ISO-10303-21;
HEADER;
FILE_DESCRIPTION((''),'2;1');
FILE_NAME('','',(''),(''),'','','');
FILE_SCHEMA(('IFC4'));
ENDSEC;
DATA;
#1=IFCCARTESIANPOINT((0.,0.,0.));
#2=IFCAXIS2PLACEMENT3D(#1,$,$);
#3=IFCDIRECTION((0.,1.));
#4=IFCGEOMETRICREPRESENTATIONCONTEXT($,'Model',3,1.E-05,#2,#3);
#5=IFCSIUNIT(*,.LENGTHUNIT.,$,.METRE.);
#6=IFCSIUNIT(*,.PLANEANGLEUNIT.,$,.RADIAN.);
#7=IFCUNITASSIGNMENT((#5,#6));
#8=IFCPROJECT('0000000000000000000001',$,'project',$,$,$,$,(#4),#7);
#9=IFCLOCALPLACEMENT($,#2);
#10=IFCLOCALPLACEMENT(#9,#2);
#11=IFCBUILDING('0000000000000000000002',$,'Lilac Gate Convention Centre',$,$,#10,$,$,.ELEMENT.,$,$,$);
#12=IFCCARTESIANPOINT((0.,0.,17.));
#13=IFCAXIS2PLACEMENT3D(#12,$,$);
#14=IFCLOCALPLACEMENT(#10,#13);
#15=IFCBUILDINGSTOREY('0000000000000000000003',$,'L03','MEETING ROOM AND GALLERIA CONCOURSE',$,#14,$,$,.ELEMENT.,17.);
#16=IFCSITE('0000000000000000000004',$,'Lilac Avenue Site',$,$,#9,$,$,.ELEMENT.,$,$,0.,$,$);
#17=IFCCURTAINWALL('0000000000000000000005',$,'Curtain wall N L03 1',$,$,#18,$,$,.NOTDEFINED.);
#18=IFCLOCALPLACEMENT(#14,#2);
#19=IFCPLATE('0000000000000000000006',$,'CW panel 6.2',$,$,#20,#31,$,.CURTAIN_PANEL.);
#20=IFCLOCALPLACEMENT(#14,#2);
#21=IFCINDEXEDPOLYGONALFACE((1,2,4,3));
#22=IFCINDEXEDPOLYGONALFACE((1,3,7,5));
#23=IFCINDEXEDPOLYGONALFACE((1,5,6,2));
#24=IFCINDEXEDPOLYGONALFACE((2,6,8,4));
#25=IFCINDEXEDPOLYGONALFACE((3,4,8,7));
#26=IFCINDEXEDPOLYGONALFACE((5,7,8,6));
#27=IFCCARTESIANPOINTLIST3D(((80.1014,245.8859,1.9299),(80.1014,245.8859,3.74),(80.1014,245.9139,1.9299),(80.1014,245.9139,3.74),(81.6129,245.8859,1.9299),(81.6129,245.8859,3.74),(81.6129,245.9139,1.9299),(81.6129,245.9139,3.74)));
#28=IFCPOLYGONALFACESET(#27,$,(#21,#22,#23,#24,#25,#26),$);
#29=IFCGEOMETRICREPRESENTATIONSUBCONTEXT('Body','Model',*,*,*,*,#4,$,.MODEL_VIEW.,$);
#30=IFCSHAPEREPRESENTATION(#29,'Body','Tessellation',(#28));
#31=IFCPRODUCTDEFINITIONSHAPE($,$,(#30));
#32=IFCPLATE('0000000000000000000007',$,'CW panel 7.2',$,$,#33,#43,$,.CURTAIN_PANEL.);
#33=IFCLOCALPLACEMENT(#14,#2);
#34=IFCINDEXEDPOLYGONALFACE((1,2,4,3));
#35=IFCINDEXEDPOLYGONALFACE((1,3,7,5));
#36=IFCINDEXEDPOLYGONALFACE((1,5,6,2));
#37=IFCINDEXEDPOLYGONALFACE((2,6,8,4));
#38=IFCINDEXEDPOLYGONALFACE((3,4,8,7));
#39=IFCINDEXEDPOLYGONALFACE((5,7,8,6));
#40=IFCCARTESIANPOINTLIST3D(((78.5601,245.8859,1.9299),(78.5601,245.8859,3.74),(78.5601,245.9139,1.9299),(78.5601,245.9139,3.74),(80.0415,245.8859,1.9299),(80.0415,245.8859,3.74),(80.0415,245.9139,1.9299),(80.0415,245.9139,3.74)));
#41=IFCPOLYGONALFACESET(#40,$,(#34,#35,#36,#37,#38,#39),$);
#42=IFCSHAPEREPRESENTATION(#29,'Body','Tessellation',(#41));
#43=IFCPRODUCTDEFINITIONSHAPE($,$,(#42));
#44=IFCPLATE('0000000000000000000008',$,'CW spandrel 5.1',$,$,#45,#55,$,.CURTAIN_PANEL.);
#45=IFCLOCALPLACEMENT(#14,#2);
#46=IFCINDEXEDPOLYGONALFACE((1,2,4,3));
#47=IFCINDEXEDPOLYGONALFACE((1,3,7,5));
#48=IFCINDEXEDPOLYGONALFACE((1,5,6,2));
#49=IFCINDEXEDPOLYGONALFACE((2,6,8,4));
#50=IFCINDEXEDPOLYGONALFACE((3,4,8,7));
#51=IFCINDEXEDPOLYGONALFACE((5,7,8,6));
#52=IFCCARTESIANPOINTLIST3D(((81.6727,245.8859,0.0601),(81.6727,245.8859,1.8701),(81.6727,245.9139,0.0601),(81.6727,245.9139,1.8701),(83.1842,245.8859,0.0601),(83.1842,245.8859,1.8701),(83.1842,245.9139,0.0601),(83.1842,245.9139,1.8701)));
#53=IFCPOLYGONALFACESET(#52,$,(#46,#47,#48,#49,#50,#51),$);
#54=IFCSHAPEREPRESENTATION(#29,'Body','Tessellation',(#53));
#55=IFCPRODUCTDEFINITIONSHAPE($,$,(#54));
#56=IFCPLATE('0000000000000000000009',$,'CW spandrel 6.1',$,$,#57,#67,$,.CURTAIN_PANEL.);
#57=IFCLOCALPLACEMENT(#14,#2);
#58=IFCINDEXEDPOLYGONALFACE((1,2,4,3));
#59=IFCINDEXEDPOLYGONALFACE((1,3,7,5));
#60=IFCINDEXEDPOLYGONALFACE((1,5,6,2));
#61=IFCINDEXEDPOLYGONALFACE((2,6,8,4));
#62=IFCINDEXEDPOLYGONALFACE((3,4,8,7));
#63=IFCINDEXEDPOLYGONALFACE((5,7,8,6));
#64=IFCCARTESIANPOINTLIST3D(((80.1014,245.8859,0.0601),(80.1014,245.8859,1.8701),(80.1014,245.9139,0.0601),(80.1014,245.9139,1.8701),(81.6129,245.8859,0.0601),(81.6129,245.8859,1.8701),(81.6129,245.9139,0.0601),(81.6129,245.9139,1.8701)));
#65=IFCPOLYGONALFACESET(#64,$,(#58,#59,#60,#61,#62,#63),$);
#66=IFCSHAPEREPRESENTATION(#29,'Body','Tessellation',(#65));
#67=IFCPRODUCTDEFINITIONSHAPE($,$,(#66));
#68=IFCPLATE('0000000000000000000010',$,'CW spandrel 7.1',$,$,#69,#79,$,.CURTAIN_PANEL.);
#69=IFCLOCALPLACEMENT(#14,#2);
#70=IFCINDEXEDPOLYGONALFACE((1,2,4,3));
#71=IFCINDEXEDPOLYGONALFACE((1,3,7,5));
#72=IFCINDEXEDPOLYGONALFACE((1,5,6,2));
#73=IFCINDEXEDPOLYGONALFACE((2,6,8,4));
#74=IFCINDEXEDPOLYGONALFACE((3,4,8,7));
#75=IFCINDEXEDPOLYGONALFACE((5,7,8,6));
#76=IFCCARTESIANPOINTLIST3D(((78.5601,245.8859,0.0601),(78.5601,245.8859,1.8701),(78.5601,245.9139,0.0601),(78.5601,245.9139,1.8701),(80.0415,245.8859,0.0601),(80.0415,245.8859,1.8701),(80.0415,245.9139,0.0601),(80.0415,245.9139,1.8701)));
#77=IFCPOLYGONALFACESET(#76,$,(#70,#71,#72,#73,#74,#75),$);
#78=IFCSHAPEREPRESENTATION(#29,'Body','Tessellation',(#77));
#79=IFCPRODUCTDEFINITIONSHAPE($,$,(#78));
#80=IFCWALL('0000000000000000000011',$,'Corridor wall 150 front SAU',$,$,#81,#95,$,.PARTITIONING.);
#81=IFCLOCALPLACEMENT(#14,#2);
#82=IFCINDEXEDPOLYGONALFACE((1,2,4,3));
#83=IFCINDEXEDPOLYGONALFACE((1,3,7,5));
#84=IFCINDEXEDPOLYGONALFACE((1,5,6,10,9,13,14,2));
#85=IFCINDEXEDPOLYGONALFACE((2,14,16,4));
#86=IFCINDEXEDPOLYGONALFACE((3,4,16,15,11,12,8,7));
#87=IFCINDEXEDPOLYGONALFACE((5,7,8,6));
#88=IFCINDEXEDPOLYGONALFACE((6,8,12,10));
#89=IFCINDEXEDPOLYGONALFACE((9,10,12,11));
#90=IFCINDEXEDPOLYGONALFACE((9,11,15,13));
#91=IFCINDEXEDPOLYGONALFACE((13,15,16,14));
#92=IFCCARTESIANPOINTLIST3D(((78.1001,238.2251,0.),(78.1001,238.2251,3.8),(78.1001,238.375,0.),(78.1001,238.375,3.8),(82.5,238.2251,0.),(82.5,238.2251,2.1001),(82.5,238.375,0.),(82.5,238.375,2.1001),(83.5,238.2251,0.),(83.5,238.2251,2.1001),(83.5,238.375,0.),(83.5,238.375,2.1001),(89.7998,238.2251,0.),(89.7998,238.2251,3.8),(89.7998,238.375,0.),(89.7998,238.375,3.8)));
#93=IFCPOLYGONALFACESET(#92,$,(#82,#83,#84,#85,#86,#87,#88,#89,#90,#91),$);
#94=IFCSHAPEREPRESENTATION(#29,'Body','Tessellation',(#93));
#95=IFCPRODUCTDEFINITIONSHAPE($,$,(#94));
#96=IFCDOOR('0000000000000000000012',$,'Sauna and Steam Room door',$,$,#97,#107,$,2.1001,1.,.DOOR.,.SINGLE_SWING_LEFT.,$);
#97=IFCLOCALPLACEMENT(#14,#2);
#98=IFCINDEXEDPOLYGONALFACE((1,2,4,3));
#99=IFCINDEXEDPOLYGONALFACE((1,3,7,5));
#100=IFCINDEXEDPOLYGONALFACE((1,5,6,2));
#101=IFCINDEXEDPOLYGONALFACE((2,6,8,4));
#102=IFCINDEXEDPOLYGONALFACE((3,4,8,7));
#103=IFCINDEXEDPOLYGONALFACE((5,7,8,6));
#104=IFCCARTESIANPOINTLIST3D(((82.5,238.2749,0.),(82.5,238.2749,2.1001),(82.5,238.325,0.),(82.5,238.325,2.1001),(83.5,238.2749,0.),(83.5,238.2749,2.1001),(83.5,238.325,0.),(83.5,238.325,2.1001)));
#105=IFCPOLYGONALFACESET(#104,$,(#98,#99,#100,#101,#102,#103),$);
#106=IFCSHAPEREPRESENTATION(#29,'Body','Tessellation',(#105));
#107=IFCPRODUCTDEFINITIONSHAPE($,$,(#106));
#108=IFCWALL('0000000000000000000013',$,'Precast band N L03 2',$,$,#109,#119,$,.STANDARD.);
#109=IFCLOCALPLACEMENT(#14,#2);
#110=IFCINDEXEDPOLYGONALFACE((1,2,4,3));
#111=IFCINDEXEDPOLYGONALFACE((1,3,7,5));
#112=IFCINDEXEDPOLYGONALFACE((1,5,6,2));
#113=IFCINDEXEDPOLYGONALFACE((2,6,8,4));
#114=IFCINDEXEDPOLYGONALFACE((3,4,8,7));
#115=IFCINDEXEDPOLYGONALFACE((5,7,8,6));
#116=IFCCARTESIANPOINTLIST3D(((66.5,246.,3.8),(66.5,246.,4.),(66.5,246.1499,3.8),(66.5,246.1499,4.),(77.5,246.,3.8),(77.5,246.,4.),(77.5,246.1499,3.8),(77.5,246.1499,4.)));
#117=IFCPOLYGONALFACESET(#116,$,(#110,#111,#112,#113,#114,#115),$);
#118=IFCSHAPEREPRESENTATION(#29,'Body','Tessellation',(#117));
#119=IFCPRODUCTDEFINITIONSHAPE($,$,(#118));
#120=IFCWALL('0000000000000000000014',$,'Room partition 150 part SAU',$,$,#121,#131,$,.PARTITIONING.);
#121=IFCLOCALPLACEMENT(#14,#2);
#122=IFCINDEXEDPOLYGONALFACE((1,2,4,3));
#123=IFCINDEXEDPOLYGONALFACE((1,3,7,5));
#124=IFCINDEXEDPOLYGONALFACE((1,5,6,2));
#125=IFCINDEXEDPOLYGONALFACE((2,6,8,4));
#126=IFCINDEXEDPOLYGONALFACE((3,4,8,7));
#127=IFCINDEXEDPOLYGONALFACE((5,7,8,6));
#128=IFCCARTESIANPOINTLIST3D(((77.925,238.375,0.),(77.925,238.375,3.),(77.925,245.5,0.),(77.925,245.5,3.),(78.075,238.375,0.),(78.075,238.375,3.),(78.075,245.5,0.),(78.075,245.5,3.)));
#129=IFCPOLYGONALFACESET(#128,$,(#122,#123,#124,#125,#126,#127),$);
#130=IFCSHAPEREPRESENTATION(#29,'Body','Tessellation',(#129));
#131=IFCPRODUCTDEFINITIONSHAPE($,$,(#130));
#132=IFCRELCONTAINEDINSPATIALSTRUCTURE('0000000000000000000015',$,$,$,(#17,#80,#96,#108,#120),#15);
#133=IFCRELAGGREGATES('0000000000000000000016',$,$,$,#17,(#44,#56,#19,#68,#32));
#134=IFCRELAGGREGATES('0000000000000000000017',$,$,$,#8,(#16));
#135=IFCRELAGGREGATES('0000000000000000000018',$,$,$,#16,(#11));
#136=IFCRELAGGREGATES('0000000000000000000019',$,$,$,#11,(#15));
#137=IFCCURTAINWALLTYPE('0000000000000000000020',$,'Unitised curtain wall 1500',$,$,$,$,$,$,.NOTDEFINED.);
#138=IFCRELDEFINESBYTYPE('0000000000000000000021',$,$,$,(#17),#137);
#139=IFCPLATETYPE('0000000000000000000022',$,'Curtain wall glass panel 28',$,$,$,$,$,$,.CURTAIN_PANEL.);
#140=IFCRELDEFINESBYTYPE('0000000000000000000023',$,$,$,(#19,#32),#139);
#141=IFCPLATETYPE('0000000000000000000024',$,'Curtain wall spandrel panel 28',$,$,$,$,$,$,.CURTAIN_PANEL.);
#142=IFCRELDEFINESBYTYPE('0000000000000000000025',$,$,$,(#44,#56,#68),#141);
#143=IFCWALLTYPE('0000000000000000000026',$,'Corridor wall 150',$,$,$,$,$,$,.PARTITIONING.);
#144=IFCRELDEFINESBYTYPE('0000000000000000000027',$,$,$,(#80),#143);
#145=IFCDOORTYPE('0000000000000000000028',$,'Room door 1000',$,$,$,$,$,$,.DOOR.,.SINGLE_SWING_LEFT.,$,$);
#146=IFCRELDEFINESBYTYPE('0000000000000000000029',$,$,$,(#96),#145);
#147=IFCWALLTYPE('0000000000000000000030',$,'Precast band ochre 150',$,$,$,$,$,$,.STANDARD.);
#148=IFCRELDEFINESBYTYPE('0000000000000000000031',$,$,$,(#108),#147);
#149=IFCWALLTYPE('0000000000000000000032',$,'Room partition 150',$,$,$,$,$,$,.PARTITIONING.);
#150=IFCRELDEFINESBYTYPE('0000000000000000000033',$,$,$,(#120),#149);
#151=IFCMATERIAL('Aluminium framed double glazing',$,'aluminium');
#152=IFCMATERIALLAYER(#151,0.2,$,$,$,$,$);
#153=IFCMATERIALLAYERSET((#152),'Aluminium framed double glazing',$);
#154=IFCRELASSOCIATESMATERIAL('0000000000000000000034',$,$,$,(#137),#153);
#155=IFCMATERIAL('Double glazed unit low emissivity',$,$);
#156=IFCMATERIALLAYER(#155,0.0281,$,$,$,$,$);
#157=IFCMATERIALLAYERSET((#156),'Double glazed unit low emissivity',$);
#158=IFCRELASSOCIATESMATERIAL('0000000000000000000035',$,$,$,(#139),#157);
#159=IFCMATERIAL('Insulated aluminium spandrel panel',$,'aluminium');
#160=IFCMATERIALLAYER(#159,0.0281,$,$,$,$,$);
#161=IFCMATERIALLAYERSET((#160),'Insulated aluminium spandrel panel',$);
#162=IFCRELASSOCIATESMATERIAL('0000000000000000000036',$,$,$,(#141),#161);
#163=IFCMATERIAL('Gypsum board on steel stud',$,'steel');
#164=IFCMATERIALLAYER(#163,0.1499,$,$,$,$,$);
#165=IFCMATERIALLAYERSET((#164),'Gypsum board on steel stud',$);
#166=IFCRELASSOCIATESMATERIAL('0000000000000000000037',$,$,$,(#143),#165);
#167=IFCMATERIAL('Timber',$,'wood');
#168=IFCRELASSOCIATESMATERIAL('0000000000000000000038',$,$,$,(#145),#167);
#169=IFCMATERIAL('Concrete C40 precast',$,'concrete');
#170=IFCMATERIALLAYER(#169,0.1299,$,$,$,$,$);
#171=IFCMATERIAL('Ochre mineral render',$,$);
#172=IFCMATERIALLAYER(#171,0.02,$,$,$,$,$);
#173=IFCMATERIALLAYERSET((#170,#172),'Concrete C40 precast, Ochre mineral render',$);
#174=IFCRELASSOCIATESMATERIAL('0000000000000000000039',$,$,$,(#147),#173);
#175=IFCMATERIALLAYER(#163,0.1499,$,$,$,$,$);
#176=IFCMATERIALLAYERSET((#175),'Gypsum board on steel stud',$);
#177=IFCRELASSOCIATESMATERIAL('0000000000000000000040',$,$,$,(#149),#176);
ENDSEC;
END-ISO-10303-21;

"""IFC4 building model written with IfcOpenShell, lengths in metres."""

from ifc_helpers import new_model, si_unit, direction, frame, frame_2d, origin, origin_2d, place, context, subcontext, project, spatial, rectangle, extrude, material, layer, layer_set, type_object, element, fill, aggregate, save


model = new_model("IFC4")

# Units and contexts
model_context = context("Model", 3, precision=1e-05, world=origin(), true_north=direction((0.0, 1.0)))
body_context = subcontext(model_context, "Body", "Model", "MODEL_VIEW")
ifc_project = project(units=[si_unit("LENGTHUNIT", "METRE"), si_unit("PLANEANGLEUNIT", "RADIAN")], contexts=[model_context])

# Site, building, storey
site_placement = place(None, origin())
site = spatial("IfcSite", under=ifc_project, at=site_placement, Name="Lilac Avenue Site", CompositionType="ELEMENT", RefElevation=0.0)
building_placement = place(site_placement, origin())
building = spatial("IfcBuilding", under=site, at=building_placement, Name="Lilac Gate Convention Centre", CompositionType="ELEMENT")
storey_placement = place(building_placement, frame((0.0, 0.0, 17.0)))
storey = spatial("IfcBuildingStorey", under=building, at=storey_placement, Name="L03", Description="MEETING ROOM AND GALLERIA CONCOURSE", CompositionType="ELEMENT", Elevation=17.0)

# Curtain wall
ifc_material_1 = material(Name="Aluminium framed double glazing", Category="aluminium")
ifc_layer_1 = layer(ifc_material_1, 0.2)
ifc_layer_set_1 = layer_set([ifc_layer_1], Name="Aluminium framed double glazing")
curtain_wall_type = type_object("IfcCurtainWallType", Name="Unitised curtain wall 1500", PredefinedType="NOTDEFINED", material=ifc_layer_set_1)
curtain_wall_1_placement = place(storey_placement, origin())
curtain_wall_1 = element("IfcCurtainWall", 1, at=curtain_wall_1_placement, inside=storey, type_object=curtain_wall_type, Name="Curtain wall N L03 1", PredefinedType="NOTDEFINED")

# Plates
ifc_material_2 = material(Name="Double glazed unit low emissivity")
ifc_layer_2 = layer(ifc_material_2, 0.0281)
ifc_layer_set_2 = layer_set([ifc_layer_2], Name="Double glazed unit low emissivity")
plate_type_1 = type_object("IfcPlateType", Name="Curtain wall glass panel 28", PredefinedType="CURTAIN_PANEL", material=ifc_layer_set_2)
plate_1_placement = place(storey_placement, frame((80.8572, 245.8999, 1.9299), z_axis=(0.0, 0.0, 1.0), x_axis=(-1.0, 0.0, 0.0)))
plate_1 = element("IfcPlate", 2, at=plate_1_placement, type_object=plate_type_1, Name="CW panel 6.2", PredefinedType="CURTAIN_PANEL", context=body_context, shape_type="SweptSolid", body=[
    extrude(rectangle(XDim=1.5115, YDim=0.0281, at=origin_2d()), origin(), (0.0, 0.0, 1.0), 1.8101),
])
plate_2_placement = place(storey_placement, frame((79.3008, 245.8999, 1.9299), z_axis=(0.0, 0.0, 1.0), x_axis=(-1.0, 0.0, 0.0)))
plate_2 = element("IfcPlate", 3, at=plate_2_placement, type_object=plate_type_1, Name="CW panel 7.2", PredefinedType="CURTAIN_PANEL", context=body_context, shape_type="SweptSolid", body=[
    extrude(rectangle(XDim=1.4814, YDim=0.0281, at=origin_2d()), origin(), (0.0, 0.0, 1.0), 1.8101),
])
ifc_material_3 = material(Name="Insulated aluminium spandrel panel", Category="aluminium")
ifc_layer_3 = layer(ifc_material_3, 0.0281)
ifc_layer_set_3 = layer_set([ifc_layer_3], Name="Insulated aluminium spandrel panel")
plate_type_2 = type_object("IfcPlateType", Name="Curtain wall spandrel panel 28", PredefinedType="CURTAIN_PANEL", material=ifc_layer_set_3)
plate_3_placement = place(storey_placement, frame((82.4285, 245.8999, 0.0601), z_axis=(0.0, 0.0, 1.0), x_axis=(-1.0, 0.0, 0.0)))
plate_3 = element("IfcPlate", 4, at=plate_3_placement, type_object=plate_type_2, Name="CW spandrel 5.1", PredefinedType="CURTAIN_PANEL", context=body_context, shape_type="SweptSolid", body=[
    extrude(rectangle(XDim=1.5115, YDim=0.0281, at=origin_2d()), origin(), (0.0, 0.0, 1.0), 1.8101),
])
plate_4_placement = place(storey_placement, frame((80.8572, 245.8999, 0.0601), z_axis=(0.0, 0.0, 1.0), x_axis=(-1.0, 0.0, 0.0)))
plate_4 = element("IfcPlate", 5, at=plate_4_placement, type_object=plate_type_2, Name="CW spandrel 6.1", PredefinedType="CURTAIN_PANEL", context=body_context, shape_type="SweptSolid", body=[
    extrude(rectangle(XDim=1.5115, YDim=0.0281, at=origin_2d()), origin(), (0.0, 0.0, 1.0), 1.8101),
])
plate_5_placement = place(storey_placement, frame((79.3008, 245.8999, 0.0601), z_axis=(0.0, 0.0, 1.0), x_axis=(-1.0, 0.0, 0.0)))
plate_5 = element("IfcPlate", 6, at=plate_5_placement, type_object=plate_type_2, Name="CW spandrel 7.1", PredefinedType="CURTAIN_PANEL", context=body_context, shape_type="SweptSolid", body=[
    extrude(rectangle(XDim=1.4814, YDim=0.0281, at=origin_2d()), origin(), (0.0, 0.0, 1.0), 1.8101),
])
aggregate(curtain_wall_1, [plate_3, plate_4, plate_1, plate_5, plate_2])

# Wall, opening, door
ifc_material_4 = material(Name="Gypsum board on steel stud", Category="steel")
ifc_layer_4 = layer(ifc_material_4, 0.1499)
ifc_layer_set_4 = layer_set([ifc_layer_4], Name="Gypsum board on steel stud")
wall_type_1 = type_object("IfcWallType", Name="Corridor wall 150", PredefinedType="PARTITIONING", material=ifc_layer_set_4)
wall_1_placement = place(storey_placement, frame((78.1001, 238.3, 0.0), z_axis=(0.0, 0.0, 1.0), x_axis=(1.0, 0.0, 0.0)))
wall_1 = element("IfcWall", 7, at=wall_1_placement, inside=storey, type_object=wall_type_1, Name="Corridor wall 150 front SAU", PredefinedType="PARTITIONING", context=body_context, shape_type="SweptSolid", body=[
    extrude(rectangle(XDim=11.6997, YDim=0.1499, at=frame_2d((5.8499, 0.0))), origin(), (0.0, 0.0, 1.0), 3.8),
])
opening_placement = place(wall_1_placement, frame((4.3999, 0.0, 0.0)))
opening = element("IfcOpeningElement", 8, at=opening_placement, cuts=wall_1, PredefinedType="OPENING", context=body_context, shape_type="SweptSolid", body=[
    extrude(rectangle(XDim=1.0, YDim=2.1001, at=frame_2d((0.5, 1.05))), frame((0.0, 0.085, 0.0), z_axis=(0.0, -1.0, 0.0), x_axis=(1.0, 0.0, 0.0)), (0.0, 0.0, 1.0), 0.1699),
])
ifc_material_5 = material(Name="Timber", Category="wood")
door_type = type_object("IfcDoorType", Name="Room door 1000", OperationType="SINGLE_SWING_LEFT", PredefinedType="DOOR", material=ifc_material_5)
door_placement = place(opening_placement, origin())
door = element("IfcDoor", 9, at=door_placement, inside=storey, type_object=door_type, Name="Sauna and Steam Room door", OperationType="SINGLE_SWING_LEFT", OverallHeight=2.1001, OverallWidth=1.0, PredefinedType="DOOR", context=body_context, shape_type="SweptSolid", body=[
    extrude(rectangle(XDim=1.0, YDim=2.1001, at=frame_2d((0.5, 1.05))), frame((0.0, 0.0249, 0.0), z_axis=(0.0, -1.0, 0.0), x_axis=(1.0, 0.0, 0.0)), (0.0, 0.0, 1.0), 0.05),
])
fill(opening, door)

# Walls
ifc_material_6 = material(Name="Concrete C40 precast", Category="concrete")
ifc_layer_5 = layer(ifc_material_6, 0.1299)
ifc_material_7 = material(Name="Ochre mineral render")
ifc_layer_6 = layer(ifc_material_7, 0.02)
ifc_layer_set_5 = layer_set([ifc_layer_5, ifc_layer_6], Name="Concrete C40 precast, Ochre mineral render")
wall_type_2 = type_object("IfcWallType", Name="Precast band ochre 150", PredefinedType="STANDARD", material=ifc_layer_set_5)
wall_2_placement = place(storey_placement, frame((77.5, 246.075, 3.8), z_axis=(0.0, 0.0, 1.0), x_axis=(-1.0, 0.0, 0.0)))
element("IfcWall", 10, at=wall_2_placement, inside=storey, type_object=wall_type_2, Name="Precast band N L03 2", PredefinedType="STANDARD", context=body_context, shape_type="SweptSolid", body=[
    extrude(rectangle(XDim=11.0, YDim=0.1499, at=frame_2d((5.5, 0.0))), origin(), (0.0, 0.0, 1.0), 0.2),
])
ifc_layer_7 = layer(ifc_material_4, 0.1499)
ifc_layer_set_6 = layer_set([ifc_layer_7], Name="Gypsum board on steel stud")
wall_type_3 = type_object("IfcWallType", Name="Room partition 150", PredefinedType="PARTITIONING", material=ifc_layer_set_6)
wall_3_placement = place(storey_placement, frame((78.0, 245.5, 0.0), z_axis=(0.0, 0.0, 1.0), x_axis=(0.0, -1.0, 0.0)))
element("IfcWall", 11, at=wall_3_placement, inside=storey, type_object=wall_type_3, Name="Room partition 150 part SAU", PredefinedType="PARTITIONING", context=body_context, shape_type="SweptSolid", body=[
    extrude(rectangle(XDim=7.125, YDim=0.1499, at=frame_2d((3.5625, 0.0))), origin(), (0.0, 0.0, 1.0), 3.0),
])

save(model, "model.ifc")
